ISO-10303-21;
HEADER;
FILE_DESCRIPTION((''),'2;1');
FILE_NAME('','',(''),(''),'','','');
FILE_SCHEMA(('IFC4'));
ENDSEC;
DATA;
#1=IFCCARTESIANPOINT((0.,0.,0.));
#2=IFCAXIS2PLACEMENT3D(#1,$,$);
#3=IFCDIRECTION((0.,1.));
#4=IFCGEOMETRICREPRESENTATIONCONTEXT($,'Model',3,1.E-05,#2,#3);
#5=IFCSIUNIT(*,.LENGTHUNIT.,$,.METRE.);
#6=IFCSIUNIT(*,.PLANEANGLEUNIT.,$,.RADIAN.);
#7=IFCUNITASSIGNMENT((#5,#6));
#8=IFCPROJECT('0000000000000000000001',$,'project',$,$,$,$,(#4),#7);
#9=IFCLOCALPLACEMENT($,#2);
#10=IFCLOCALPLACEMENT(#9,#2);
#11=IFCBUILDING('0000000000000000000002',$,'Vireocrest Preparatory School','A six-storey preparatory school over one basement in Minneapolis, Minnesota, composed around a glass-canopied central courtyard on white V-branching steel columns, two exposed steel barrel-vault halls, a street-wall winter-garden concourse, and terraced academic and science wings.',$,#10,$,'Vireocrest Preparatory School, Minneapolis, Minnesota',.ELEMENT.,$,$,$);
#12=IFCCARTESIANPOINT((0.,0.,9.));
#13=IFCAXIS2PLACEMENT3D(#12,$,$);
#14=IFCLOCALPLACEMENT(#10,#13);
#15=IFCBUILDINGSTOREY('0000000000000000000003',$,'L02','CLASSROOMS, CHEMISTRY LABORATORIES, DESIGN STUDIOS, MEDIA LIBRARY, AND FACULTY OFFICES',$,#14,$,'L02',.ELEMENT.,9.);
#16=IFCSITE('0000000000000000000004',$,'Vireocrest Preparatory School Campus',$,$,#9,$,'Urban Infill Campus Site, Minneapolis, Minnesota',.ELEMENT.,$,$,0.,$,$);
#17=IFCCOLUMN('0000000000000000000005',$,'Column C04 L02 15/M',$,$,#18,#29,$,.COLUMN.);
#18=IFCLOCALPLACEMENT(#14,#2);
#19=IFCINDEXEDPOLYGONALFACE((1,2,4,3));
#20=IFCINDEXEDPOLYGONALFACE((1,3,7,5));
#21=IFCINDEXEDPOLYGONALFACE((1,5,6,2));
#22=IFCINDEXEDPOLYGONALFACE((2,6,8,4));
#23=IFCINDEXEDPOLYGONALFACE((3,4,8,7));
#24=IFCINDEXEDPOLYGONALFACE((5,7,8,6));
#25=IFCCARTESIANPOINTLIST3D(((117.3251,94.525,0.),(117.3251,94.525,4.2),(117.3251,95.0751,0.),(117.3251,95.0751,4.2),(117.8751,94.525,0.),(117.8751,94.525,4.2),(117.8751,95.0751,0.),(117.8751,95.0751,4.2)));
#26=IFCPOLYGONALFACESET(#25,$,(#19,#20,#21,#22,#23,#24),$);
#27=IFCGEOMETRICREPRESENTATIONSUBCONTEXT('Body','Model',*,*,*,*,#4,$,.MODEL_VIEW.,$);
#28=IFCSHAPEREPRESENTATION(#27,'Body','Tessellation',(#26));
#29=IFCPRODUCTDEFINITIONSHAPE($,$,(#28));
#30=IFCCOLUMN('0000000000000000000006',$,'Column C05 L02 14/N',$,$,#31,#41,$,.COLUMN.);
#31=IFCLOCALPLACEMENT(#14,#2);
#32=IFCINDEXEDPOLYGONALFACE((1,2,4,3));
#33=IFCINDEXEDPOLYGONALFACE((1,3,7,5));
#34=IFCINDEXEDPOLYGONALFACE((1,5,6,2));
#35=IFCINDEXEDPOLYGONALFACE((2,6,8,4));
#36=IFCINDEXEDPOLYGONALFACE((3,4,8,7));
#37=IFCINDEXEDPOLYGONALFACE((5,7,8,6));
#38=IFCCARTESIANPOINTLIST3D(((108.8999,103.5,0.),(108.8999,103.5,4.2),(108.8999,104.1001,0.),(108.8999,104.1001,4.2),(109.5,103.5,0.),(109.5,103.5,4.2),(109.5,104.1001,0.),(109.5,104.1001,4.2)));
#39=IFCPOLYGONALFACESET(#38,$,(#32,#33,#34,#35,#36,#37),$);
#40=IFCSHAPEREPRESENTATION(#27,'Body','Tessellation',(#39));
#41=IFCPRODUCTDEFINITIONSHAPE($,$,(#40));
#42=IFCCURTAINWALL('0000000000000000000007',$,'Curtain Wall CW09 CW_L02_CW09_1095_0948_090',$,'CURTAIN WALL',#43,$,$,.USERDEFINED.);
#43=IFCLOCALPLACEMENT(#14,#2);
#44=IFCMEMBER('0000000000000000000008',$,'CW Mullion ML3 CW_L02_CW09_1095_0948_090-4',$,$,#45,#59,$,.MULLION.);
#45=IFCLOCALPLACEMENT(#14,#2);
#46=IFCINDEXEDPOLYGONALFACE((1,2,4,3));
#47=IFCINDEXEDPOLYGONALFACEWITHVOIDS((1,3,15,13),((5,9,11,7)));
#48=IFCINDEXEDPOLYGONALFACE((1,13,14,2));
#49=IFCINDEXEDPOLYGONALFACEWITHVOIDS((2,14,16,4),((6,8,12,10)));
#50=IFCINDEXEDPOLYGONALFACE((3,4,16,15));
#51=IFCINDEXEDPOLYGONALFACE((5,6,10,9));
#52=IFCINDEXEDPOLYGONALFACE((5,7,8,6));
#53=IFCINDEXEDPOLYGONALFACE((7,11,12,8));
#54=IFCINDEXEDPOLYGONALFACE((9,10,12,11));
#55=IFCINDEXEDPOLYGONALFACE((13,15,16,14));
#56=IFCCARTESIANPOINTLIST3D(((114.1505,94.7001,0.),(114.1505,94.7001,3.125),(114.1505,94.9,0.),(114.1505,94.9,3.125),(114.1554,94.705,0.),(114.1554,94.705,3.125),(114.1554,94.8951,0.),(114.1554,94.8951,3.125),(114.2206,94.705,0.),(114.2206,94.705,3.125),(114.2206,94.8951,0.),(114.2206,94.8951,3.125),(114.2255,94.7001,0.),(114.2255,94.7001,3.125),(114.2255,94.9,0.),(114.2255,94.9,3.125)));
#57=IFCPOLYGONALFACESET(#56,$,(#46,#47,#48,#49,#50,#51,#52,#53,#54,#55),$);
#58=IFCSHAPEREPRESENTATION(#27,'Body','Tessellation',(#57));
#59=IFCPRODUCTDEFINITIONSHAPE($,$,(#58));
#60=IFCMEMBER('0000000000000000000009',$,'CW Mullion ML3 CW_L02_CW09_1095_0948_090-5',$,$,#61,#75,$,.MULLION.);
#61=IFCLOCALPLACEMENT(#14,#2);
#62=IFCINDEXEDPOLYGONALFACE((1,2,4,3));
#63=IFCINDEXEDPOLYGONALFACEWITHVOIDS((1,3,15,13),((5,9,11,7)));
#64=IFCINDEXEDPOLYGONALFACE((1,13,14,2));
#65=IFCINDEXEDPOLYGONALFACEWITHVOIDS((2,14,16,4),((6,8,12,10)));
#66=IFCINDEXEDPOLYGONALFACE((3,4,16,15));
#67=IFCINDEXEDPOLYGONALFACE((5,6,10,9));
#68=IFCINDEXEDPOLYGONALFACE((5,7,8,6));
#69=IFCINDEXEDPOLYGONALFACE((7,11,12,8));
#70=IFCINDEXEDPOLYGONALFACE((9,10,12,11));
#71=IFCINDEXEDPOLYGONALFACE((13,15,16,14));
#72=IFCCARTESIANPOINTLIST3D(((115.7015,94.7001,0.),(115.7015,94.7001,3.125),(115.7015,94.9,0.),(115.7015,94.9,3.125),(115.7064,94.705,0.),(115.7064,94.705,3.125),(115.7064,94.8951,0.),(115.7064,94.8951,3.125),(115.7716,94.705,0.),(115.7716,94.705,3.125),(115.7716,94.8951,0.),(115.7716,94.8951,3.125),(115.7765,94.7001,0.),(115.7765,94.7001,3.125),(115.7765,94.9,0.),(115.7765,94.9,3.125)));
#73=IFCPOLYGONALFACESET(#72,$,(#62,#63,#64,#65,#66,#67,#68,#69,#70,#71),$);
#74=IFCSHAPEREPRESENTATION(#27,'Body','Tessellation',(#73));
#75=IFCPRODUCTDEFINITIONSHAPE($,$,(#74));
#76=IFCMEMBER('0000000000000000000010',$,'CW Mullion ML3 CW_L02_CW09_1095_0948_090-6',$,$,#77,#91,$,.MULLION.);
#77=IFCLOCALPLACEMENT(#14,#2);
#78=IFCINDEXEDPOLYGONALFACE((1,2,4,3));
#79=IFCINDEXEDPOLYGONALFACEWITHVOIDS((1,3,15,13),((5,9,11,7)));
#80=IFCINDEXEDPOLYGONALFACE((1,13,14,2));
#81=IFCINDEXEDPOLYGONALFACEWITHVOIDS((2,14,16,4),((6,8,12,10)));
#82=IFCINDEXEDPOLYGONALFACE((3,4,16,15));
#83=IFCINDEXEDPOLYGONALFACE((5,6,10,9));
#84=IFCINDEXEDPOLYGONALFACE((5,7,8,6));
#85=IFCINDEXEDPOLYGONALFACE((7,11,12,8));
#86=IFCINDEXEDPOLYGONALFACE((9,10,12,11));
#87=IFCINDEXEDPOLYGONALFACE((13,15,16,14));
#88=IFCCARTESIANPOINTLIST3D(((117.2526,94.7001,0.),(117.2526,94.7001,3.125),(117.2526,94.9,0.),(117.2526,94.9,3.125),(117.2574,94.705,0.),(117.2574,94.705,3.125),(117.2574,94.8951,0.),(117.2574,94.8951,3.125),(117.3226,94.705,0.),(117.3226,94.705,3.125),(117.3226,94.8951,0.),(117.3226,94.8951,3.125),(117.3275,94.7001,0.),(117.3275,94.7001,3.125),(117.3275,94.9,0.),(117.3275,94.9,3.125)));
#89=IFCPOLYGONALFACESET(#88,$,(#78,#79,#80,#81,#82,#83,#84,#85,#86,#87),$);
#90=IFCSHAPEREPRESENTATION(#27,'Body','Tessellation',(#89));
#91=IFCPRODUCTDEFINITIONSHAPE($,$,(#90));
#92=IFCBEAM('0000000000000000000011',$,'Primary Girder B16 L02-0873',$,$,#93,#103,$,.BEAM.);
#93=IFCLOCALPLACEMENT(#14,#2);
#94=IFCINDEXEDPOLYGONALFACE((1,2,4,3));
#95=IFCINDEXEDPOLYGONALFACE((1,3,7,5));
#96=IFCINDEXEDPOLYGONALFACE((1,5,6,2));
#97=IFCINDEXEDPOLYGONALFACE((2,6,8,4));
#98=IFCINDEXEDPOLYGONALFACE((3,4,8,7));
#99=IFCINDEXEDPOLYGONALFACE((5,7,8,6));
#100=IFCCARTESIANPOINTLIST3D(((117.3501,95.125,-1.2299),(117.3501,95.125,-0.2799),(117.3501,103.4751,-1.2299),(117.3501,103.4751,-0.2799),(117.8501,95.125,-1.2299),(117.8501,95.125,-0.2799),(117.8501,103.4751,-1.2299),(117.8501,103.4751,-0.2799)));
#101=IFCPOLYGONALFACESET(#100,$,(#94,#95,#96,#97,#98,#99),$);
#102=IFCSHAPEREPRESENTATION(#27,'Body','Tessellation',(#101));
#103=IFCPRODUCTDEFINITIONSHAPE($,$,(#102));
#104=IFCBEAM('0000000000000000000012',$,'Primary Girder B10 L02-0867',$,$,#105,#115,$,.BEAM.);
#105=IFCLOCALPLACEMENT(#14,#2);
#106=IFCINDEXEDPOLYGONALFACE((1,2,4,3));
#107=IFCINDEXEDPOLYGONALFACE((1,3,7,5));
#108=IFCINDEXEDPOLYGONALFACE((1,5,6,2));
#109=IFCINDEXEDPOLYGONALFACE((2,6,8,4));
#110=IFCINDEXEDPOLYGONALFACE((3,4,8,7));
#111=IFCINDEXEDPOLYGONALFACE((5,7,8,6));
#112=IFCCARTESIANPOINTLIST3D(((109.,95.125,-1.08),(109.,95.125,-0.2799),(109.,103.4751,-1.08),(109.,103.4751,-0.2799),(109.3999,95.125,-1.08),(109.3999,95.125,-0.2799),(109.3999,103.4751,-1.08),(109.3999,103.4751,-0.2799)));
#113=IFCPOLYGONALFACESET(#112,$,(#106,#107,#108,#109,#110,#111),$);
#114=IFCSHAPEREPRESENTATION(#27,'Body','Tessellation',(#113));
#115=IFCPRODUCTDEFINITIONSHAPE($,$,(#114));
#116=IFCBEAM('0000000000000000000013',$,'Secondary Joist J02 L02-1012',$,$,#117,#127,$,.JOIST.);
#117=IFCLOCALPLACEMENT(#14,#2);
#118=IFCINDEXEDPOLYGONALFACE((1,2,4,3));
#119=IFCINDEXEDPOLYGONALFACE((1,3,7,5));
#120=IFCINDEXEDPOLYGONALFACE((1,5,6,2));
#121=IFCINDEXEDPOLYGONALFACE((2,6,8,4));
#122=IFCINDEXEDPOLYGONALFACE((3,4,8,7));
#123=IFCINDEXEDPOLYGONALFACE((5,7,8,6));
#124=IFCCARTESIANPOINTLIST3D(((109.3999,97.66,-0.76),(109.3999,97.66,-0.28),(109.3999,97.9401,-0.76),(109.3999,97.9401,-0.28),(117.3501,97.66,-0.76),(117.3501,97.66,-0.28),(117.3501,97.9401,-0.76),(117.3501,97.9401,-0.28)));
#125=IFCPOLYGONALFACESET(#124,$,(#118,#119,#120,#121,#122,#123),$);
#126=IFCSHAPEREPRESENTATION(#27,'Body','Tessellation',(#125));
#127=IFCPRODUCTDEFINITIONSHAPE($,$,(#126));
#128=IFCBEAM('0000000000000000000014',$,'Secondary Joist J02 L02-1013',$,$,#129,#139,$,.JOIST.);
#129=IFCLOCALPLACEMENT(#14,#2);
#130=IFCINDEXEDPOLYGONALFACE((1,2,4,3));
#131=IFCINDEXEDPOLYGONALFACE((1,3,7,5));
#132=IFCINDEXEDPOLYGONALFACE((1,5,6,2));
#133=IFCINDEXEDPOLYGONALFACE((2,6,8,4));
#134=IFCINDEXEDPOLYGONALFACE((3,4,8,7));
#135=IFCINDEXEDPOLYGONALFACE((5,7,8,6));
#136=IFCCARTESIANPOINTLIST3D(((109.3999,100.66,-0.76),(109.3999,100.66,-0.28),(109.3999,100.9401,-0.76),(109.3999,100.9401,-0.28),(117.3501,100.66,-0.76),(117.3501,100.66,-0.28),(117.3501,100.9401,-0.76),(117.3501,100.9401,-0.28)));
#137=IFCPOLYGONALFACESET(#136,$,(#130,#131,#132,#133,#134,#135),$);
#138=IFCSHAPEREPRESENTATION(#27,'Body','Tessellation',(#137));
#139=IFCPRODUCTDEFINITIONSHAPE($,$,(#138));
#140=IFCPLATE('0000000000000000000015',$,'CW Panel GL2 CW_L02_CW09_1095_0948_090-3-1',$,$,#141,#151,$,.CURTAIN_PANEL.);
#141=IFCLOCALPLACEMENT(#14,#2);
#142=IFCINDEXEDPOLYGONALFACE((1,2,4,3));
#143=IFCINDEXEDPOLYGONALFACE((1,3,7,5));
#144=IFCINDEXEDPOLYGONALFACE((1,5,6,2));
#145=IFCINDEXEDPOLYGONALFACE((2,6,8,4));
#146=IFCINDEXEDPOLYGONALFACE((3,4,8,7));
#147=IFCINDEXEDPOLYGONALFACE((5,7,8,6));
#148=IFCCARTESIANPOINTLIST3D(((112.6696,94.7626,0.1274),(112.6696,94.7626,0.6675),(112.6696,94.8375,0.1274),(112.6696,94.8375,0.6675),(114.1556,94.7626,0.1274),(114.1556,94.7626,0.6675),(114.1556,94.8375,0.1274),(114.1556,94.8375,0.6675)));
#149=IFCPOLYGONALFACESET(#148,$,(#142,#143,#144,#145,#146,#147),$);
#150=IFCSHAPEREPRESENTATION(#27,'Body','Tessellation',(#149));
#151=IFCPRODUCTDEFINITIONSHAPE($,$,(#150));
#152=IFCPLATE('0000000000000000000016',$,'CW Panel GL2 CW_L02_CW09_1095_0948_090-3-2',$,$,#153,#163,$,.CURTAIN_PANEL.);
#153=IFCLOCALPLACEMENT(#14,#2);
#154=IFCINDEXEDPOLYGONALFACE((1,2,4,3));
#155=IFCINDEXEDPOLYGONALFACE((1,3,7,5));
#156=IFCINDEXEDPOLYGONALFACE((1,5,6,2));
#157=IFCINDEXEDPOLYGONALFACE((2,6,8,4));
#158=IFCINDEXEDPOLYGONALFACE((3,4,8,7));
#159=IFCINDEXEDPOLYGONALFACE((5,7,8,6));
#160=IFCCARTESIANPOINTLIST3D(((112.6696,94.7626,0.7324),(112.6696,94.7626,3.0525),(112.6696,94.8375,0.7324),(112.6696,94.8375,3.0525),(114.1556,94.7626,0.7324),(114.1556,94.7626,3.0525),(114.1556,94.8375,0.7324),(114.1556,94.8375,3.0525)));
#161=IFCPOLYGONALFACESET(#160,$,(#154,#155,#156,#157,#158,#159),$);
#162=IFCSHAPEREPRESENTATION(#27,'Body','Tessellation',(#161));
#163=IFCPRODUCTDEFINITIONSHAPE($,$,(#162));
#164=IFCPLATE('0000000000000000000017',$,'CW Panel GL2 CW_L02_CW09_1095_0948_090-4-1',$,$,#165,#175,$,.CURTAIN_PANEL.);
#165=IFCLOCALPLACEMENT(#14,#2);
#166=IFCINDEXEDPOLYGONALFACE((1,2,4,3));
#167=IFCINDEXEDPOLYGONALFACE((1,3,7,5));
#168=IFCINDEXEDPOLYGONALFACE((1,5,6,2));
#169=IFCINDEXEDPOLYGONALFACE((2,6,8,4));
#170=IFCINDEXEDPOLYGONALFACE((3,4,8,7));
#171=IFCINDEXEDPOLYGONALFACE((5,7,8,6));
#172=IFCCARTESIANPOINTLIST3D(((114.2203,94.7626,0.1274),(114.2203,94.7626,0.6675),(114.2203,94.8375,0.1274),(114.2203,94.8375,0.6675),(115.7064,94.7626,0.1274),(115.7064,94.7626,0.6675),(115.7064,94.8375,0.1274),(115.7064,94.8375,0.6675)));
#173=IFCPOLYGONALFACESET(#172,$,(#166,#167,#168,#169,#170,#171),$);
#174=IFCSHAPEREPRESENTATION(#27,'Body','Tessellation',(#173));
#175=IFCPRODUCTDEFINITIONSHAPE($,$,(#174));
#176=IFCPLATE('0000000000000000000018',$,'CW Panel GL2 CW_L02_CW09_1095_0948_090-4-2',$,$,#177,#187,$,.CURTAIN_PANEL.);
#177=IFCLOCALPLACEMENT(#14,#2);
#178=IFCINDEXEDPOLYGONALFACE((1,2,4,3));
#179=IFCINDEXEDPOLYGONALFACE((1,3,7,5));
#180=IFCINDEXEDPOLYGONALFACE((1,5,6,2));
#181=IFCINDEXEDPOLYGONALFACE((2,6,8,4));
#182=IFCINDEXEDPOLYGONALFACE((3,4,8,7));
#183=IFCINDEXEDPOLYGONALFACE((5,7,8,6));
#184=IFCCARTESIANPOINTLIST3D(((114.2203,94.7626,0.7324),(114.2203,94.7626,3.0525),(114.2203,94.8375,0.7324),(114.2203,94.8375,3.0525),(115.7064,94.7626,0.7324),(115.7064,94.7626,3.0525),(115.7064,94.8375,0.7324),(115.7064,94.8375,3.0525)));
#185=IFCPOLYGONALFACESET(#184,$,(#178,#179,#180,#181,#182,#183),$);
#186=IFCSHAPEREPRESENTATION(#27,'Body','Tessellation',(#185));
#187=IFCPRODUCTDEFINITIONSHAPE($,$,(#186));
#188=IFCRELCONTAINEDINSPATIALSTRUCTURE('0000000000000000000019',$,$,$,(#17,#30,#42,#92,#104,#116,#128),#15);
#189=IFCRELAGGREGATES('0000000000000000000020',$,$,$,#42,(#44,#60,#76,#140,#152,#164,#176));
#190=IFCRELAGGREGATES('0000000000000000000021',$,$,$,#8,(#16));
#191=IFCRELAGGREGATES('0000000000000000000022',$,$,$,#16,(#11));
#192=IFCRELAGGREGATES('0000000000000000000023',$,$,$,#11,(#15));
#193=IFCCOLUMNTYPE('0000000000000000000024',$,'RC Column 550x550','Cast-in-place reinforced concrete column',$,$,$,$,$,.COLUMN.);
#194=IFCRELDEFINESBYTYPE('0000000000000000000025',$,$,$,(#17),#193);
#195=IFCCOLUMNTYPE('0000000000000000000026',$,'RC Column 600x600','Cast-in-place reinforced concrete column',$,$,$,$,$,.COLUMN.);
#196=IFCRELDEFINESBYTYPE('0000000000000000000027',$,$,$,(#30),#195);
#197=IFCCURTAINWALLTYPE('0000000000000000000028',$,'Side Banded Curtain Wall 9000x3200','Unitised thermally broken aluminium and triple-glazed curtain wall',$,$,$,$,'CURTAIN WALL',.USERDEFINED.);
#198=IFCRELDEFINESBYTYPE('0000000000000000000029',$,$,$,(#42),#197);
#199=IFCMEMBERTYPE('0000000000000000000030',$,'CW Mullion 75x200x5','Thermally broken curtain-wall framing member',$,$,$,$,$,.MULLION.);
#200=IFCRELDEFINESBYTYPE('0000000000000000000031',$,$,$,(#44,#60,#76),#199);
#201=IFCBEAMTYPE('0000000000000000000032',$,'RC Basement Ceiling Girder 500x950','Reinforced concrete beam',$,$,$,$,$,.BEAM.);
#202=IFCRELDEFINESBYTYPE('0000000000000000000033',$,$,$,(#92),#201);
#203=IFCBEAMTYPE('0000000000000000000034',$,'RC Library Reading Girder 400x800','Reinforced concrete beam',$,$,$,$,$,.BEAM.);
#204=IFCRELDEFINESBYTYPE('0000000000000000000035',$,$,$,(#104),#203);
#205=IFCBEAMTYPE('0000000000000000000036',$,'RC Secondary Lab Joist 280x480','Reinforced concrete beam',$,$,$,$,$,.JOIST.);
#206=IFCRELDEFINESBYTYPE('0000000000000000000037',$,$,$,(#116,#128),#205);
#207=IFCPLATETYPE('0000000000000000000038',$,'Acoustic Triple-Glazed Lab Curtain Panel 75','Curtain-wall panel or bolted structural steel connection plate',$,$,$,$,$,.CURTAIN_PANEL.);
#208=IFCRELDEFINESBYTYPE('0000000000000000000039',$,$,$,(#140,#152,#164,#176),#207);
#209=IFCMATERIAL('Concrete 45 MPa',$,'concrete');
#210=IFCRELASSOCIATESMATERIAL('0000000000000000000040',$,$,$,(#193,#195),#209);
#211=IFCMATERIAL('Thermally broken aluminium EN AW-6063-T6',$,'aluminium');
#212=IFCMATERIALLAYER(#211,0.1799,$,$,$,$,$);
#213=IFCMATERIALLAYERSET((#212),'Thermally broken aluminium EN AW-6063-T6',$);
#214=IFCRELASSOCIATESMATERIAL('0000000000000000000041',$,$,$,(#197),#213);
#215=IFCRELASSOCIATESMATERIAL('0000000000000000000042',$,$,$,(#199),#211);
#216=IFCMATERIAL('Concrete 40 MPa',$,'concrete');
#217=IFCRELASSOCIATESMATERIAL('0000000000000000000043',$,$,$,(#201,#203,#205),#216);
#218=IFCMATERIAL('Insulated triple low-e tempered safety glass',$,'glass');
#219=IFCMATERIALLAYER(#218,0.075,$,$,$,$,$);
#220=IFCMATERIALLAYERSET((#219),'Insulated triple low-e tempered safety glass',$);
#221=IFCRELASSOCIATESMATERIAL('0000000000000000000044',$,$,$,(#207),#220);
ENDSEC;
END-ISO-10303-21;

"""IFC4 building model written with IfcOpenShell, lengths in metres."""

from ifc_helpers import new_model, si_unit, direction, frame, origin, origin_2d, place, context, subcontext, project, spatial, rectangle, hollow_rectangle, extrude, material, layer, layer_set, material_profile, profile_set, type_object, element, aggregate, save


model = new_model("IFC4")

# Units and contexts
model_context = context("Model", 3, precision=1e-05, world=origin(), true_north=direction((0.0, 1.0)))
body_context = subcontext(model_context, "Body", "Model", "MODEL_VIEW")
ifc_project = project(units=[si_unit("LENGTHUNIT", "METRE"), si_unit("PLANEANGLEUNIT", "RADIAN")], contexts=[model_context])

# Site, building, storey
site_placement = place(None, origin())
site = spatial("IfcSite", under=ifc_project, at=site_placement, Name="Vireocrest Preparatory School Campus", LongName="Urban Infill Campus Site, Minneapolis, Minnesota", CompositionType="ELEMENT", RefElevation=0.0)
building_placement = place(site_placement, origin())
building = spatial("IfcBuilding", under=site, at=building_placement, Name="Vireocrest Preparatory School", Description="A six-storey preparatory school over one basement in Minneapolis, Minnesota, composed around a glass-canopied central courtyard on white V-branching steel columns, two exposed steel barrel-vault halls, a street-wall winter-garden concourse, and terraced academic and science wings.", LongName="Vireocrest Preparatory School, Minneapolis, Minnesota", CompositionType="ELEMENT")
storey_placement = place(building_placement, frame((0.0, 0.0, 9.0)))
storey = spatial("IfcBuildingStorey", under=building, at=storey_placement, Name="L02", Description="CLASSROOMS, CHEMISTRY LABORATORIES, DESIGN STUDIOS, MEDIA LIBRARY, AND FACULTY OFFICES", LongName="L02", CompositionType="ELEMENT", Elevation=9.0)

# Columns
ifc_material_1 = material(Name="Concrete 45 MPa", Category="concrete")
ifc_material_profile_1 = material_profile(ifc_material_1, rectangle(XDim=0.55, YDim=0.55, at=origin_2d()), Name="RC 550x550")
ifc_profile_set_1 = profile_set([ifc_material_profile_1], Name="Concrete 45 MPa")
column_type_1 = type_object("IfcColumnType", Name="RC Column 550x550", Description="Cast-in-place reinforced concrete column", PredefinedType="COLUMN", material=ifc_profile_set_1)
column_1_placement = place(storey_placement, frame((117.6001, 94.8, 0.0), z_axis=(0.0, 0.0, 1.0), x_axis=(1.0, 0.0, 0.0)))
element("IfcColumn", 1, at=column_1_placement, inside=storey, type_object=column_type_1, Name="Column C04 L02 15/M", PredefinedType="COLUMN", context=body_context, shape_type="SweptSolid", body=[
    extrude(rectangle(XDim=0.55, YDim=0.55, at=origin_2d()), origin(), (0.0, 0.0, 1.0), 4.2),
])
ifc_material_profile_2 = material_profile(ifc_material_1, rectangle(XDim=0.6001, YDim=0.6001, at=origin_2d()), Name="RC 600x600")
ifc_profile_set_2 = profile_set([ifc_material_profile_2], Name="Concrete 45 MPa")
column_type_2 = type_object("IfcColumnType", Name="RC Column 600x600", Description="Cast-in-place reinforced concrete column", PredefinedType="COLUMN", material=ifc_profile_set_2)
column_2_placement = place(storey_placement, frame((109.2, 103.8, 0.0), z_axis=(0.0, 0.0, 1.0), x_axis=(1.0, 0.0, 0.0)))
element("IfcColumn", 2, at=column_2_placement, inside=storey, type_object=column_type_2, Name="Column C05 L02 14/N", PredefinedType="COLUMN", context=body_context, shape_type="SweptSolid", body=[
    extrude(rectangle(XDim=0.6001, YDim=0.6001, at=origin_2d()), origin(), (0.0, 0.0, 1.0), 4.2),
])

# Curtain wall, members
ifc_material_2 = material(Name="Thermally broken aluminium EN AW-6063-T6", Category="aluminium")
ifc_layer_1 = layer(ifc_material_2, 0.1799)
ifc_layer_set_1 = layer_set([ifc_layer_1], Name="Thermally broken aluminium EN AW-6063-T6")
curtain_wall_type = type_object("IfcCurtainWallType", Name="Side Banded Curtain Wall 9000x3200", Description="Unitised thermally broken aluminium and triple-glazed curtain wall", ElementType="CURTAIN WALL", PredefinedType="USERDEFINED", material=ifc_layer_set_1)
curtain_wall_placement = place(storey_placement, origin())
curtain_wall = element("IfcCurtainWall", 3, at=curtain_wall_placement, inside=storey, type_object=curtain_wall_type, Name="Curtain Wall CW09 CW_L02_CW09_1095_0948_090", ObjectType="CURTAIN WALL", PredefinedType="USERDEFINED")
ifc_material_profile_3 = material_profile(ifc_material_2, hollow_rectangle(XDim=0.075, YDim=0.2, WallThickness=0.0049, at=origin_2d()), Name="ALU 75x200x5")
ifc_profile_set_3 = profile_set([ifc_material_profile_3], Name="Thermally broken aluminium EN AW-6063-T6")
member_type = type_object("IfcMemberType", Name="CW Mullion 75x200x5", Description="Thermally broken curtain-wall framing member", PredefinedType="MULLION", material=ifc_profile_set_3)
member_1_placement = place(storey_placement, frame((114.188, 94.8, 0.0), z_axis=(0.0, 0.0, 1.0), x_axis=(1.0, 0.0, 0.0)))
member_1 = element("IfcMember", 4, at=member_1_placement, type_object=member_type, Name="CW Mullion ML3 CW_L02_CW09_1095_0948_090-4", PredefinedType="MULLION", context=body_context, shape_type="SweptSolid", body=[
    extrude(hollow_rectangle(XDim=0.075, YDim=0.2, WallThickness=0.0049, at=origin_2d()), origin(), (0.0, 0.0, 1.0), 3.125),
])
member_2_placement = place(storey_placement, frame((115.739, 94.8, 0.0), z_axis=(0.0, 0.0, 1.0), x_axis=(1.0, 0.0, 0.0)))
member_2 = element("IfcMember", 5, at=member_2_placement, type_object=member_type, Name="CW Mullion ML3 CW_L02_CW09_1095_0948_090-5", PredefinedType="MULLION", context=body_context, shape_type="SweptSolid", body=[
    extrude(hollow_rectangle(XDim=0.075, YDim=0.2, WallThickness=0.0049, at=origin_2d()), origin(), (0.0, 0.0, 1.0), 3.125),
])
member_3_placement = place(storey_placement, frame((117.29, 94.8, 0.0), z_axis=(0.0, 0.0, 1.0), x_axis=(1.0, 0.0, 0.0)))
member_3 = element("IfcMember", 6, at=member_3_placement, type_object=member_type, Name="CW Mullion ML3 CW_L02_CW09_1095_0948_090-6", PredefinedType="MULLION", context=body_context, shape_type="SweptSolid", body=[
    extrude(hollow_rectangle(XDim=0.075, YDim=0.2, WallThickness=0.0049, at=origin_2d()), origin(), (0.0, 0.0, 1.0), 3.125),
])

# Beams
ifc_material_3 = material(Name="Concrete 40 MPa", Category="concrete")
ifc_material_profile_4 = material_profile(ifc_material_3, rectangle(XDim=0.5, YDim=0.95, at=origin_2d()), Name="RC 500x950")
ifc_profile_set_4 = profile_set([ifc_material_profile_4], Name="Concrete 40 MPa")
beam_type_1 = type_object("IfcBeamType", Name="RC Basement Ceiling Girder 500x950", Description="Reinforced concrete beam", PredefinedType="BEAM", material=ifc_profile_set_4)
beam_1_placement = place(storey_placement, frame((117.6001, 95.125, -0.7549), z_axis=(0.0, 1.0, 0.0), x_axis=(-1.0, 0.0, 0.0)))
element("IfcBeam", 7, at=beam_1_placement, inside=storey, type_object=beam_type_1, Name="Primary Girder B16 L02-0873", PredefinedType="BEAM", context=body_context, shape_type="SweptSolid", body=[
    extrude(rectangle(XDim=0.5, YDim=0.95, at=origin_2d()), origin(), (0.0, 0.0, 1.0), 8.3501),
])
ifc_material_profile_5 = material_profile(ifc_material_3, rectangle(XDim=0.3999, YDim=0.8, at=origin_2d()), Name="RC 400x800")
ifc_profile_set_5 = profile_set([ifc_material_profile_5], Name="Concrete 40 MPa")
beam_type_2 = type_object("IfcBeamType", Name="RC Library Reading Girder 400x800", Description="Reinforced concrete beam", PredefinedType="BEAM", material=ifc_profile_set_5)
beam_2_placement = place(storey_placement, frame((109.2, 95.125, -0.6799), z_axis=(0.0, 1.0, 0.0), x_axis=(-1.0, 0.0, 0.0)))
element("IfcBeam", 8, at=beam_2_placement, inside=storey, type_object=beam_type_2, Name="Primary Girder B10 L02-0867", PredefinedType="BEAM", context=body_context, shape_type="SweptSolid", body=[
    extrude(rectangle(XDim=0.3999, YDim=0.8, at=origin_2d()), origin(), (0.0, 0.0, 1.0), 8.3501),
])
ifc_material_profile_6 = material_profile(ifc_material_3, rectangle(XDim=0.28, YDim=0.48, at=origin_2d()), Name="RC 280x480")
ifc_profile_set_6 = profile_set([ifc_material_profile_6], Name="Concrete 40 MPa")
beam_type_3 = type_object("IfcBeamType", Name="RC Secondary Lab Joist 280x480", Description="Reinforced concrete beam", PredefinedType="JOIST", material=ifc_profile_set_6)
for number, where, z_axis, x_axis, name in (
    (9, (109.3999, 97.8, -0.52), (1.0, 0.0, 0.0), (0.0, 1.0, 0.0), "Secondary Joist J02 L02-1012"),
    (10, (109.3999, 100.8, -0.52), (1.0, 0.0, 0.0), (0.0, 1.0, 0.0), "Secondary Joist J02 L02-1013"),
):
    element("IfcBeam", number, at=place(storey_placement, frame(where, z_axis=z_axis, x_axis=x_axis)), inside=storey, type_object=beam_type_3, Name=name, PredefinedType="JOIST", context=body_context, shape_type="SweptSolid", body=[
        extrude(rectangle(XDim=0.28, YDim=0.48, at=origin_2d()), origin(), (0.0, 0.0, 1.0), 7.9502),
    ])

# Plates
ifc_material_4 = material(Name="Insulated triple low-e tempered safety glass", Category="glass")
ifc_layer_2 = layer(ifc_material_4, 0.075)
ifc_layer_set_2 = layer_set([ifc_layer_2], Name="Insulated triple low-e tempered safety glass")
plate_type = type_object("IfcPlateType", Name="Acoustic Triple-Glazed Lab Curtain Panel 75", Description="Curtain-wall panel or bolted structural steel connection plate", PredefinedType="CURTAIN_PANEL", material=ifc_layer_set_2)
plate_1_placement = place(storey_placement, frame((113.4126, 94.8, 0.1274), z_axis=(0.0, 0.0, 1.0), x_axis=(1.0, 0.0, 0.0)))
plate_1 = element("IfcPlate", 11, at=plate_1_placement, type_object=plate_type, Name="CW Panel GL2 CW_L02_CW09_1095_0948_090-3-1", PredefinedType="CURTAIN_PANEL", context=body_context, shape_type="SweptSolid", body=[
    extrude(rectangle(XDim=1.4861, YDim=0.075, at=origin_2d()), origin(), (0.0, 0.0, 1.0), 0.54),
])
plate_2_placement = place(storey_placement, frame((113.4126, 94.8, 0.7324), z_axis=(0.0, 0.0, 1.0), x_axis=(1.0, 0.0, 0.0)))
plate_2 = element("IfcPlate", 12, at=plate_2_placement, type_object=plate_type, Name="CW Panel GL2 CW_L02_CW09_1095_0948_090-3-2", PredefinedType="CURTAIN_PANEL", context=body_context, shape_type="SweptSolid", body=[
    extrude(rectangle(XDim=1.4861, YDim=0.075, at=origin_2d()), origin(), (0.0, 0.0, 1.0), 2.3201),
])
plate_3_placement = place(storey_placement, frame((114.9634, 94.8, 0.1274), z_axis=(0.0, 0.0, 1.0), x_axis=(1.0, 0.0, 0.0)))
plate_3 = element("IfcPlate", 13, at=plate_3_placement, type_object=plate_type, Name="CW Panel GL2 CW_L02_CW09_1095_0948_090-4-1", PredefinedType="CURTAIN_PANEL", context=body_context, shape_type="SweptSolid", body=[
    extrude(rectangle(XDim=1.4861, YDim=0.075, at=origin_2d()), origin(), (0.0, 0.0, 1.0), 0.54),
])
plate_4_placement = place(storey_placement, frame((114.9634, 94.8, 0.7324), z_axis=(0.0, 0.0, 1.0), x_axis=(1.0, 0.0, 0.0)))
plate_4 = element("IfcPlate", 14, at=plate_4_placement, type_object=plate_type, Name="CW Panel GL2 CW_L02_CW09_1095_0948_090-4-2", PredefinedType="CURTAIN_PANEL", context=body_context, shape_type="SweptSolid", body=[
    extrude(rectangle(XDim=1.4861, YDim=0.075, at=origin_2d()), origin(), (0.0, 0.0, 1.0), 2.3201),
])
aggregate(curtain_wall, [member_1, member_2, member_3, plate_1, plate_2, plate_3, plate_4])

save(model, "model.ifc")
